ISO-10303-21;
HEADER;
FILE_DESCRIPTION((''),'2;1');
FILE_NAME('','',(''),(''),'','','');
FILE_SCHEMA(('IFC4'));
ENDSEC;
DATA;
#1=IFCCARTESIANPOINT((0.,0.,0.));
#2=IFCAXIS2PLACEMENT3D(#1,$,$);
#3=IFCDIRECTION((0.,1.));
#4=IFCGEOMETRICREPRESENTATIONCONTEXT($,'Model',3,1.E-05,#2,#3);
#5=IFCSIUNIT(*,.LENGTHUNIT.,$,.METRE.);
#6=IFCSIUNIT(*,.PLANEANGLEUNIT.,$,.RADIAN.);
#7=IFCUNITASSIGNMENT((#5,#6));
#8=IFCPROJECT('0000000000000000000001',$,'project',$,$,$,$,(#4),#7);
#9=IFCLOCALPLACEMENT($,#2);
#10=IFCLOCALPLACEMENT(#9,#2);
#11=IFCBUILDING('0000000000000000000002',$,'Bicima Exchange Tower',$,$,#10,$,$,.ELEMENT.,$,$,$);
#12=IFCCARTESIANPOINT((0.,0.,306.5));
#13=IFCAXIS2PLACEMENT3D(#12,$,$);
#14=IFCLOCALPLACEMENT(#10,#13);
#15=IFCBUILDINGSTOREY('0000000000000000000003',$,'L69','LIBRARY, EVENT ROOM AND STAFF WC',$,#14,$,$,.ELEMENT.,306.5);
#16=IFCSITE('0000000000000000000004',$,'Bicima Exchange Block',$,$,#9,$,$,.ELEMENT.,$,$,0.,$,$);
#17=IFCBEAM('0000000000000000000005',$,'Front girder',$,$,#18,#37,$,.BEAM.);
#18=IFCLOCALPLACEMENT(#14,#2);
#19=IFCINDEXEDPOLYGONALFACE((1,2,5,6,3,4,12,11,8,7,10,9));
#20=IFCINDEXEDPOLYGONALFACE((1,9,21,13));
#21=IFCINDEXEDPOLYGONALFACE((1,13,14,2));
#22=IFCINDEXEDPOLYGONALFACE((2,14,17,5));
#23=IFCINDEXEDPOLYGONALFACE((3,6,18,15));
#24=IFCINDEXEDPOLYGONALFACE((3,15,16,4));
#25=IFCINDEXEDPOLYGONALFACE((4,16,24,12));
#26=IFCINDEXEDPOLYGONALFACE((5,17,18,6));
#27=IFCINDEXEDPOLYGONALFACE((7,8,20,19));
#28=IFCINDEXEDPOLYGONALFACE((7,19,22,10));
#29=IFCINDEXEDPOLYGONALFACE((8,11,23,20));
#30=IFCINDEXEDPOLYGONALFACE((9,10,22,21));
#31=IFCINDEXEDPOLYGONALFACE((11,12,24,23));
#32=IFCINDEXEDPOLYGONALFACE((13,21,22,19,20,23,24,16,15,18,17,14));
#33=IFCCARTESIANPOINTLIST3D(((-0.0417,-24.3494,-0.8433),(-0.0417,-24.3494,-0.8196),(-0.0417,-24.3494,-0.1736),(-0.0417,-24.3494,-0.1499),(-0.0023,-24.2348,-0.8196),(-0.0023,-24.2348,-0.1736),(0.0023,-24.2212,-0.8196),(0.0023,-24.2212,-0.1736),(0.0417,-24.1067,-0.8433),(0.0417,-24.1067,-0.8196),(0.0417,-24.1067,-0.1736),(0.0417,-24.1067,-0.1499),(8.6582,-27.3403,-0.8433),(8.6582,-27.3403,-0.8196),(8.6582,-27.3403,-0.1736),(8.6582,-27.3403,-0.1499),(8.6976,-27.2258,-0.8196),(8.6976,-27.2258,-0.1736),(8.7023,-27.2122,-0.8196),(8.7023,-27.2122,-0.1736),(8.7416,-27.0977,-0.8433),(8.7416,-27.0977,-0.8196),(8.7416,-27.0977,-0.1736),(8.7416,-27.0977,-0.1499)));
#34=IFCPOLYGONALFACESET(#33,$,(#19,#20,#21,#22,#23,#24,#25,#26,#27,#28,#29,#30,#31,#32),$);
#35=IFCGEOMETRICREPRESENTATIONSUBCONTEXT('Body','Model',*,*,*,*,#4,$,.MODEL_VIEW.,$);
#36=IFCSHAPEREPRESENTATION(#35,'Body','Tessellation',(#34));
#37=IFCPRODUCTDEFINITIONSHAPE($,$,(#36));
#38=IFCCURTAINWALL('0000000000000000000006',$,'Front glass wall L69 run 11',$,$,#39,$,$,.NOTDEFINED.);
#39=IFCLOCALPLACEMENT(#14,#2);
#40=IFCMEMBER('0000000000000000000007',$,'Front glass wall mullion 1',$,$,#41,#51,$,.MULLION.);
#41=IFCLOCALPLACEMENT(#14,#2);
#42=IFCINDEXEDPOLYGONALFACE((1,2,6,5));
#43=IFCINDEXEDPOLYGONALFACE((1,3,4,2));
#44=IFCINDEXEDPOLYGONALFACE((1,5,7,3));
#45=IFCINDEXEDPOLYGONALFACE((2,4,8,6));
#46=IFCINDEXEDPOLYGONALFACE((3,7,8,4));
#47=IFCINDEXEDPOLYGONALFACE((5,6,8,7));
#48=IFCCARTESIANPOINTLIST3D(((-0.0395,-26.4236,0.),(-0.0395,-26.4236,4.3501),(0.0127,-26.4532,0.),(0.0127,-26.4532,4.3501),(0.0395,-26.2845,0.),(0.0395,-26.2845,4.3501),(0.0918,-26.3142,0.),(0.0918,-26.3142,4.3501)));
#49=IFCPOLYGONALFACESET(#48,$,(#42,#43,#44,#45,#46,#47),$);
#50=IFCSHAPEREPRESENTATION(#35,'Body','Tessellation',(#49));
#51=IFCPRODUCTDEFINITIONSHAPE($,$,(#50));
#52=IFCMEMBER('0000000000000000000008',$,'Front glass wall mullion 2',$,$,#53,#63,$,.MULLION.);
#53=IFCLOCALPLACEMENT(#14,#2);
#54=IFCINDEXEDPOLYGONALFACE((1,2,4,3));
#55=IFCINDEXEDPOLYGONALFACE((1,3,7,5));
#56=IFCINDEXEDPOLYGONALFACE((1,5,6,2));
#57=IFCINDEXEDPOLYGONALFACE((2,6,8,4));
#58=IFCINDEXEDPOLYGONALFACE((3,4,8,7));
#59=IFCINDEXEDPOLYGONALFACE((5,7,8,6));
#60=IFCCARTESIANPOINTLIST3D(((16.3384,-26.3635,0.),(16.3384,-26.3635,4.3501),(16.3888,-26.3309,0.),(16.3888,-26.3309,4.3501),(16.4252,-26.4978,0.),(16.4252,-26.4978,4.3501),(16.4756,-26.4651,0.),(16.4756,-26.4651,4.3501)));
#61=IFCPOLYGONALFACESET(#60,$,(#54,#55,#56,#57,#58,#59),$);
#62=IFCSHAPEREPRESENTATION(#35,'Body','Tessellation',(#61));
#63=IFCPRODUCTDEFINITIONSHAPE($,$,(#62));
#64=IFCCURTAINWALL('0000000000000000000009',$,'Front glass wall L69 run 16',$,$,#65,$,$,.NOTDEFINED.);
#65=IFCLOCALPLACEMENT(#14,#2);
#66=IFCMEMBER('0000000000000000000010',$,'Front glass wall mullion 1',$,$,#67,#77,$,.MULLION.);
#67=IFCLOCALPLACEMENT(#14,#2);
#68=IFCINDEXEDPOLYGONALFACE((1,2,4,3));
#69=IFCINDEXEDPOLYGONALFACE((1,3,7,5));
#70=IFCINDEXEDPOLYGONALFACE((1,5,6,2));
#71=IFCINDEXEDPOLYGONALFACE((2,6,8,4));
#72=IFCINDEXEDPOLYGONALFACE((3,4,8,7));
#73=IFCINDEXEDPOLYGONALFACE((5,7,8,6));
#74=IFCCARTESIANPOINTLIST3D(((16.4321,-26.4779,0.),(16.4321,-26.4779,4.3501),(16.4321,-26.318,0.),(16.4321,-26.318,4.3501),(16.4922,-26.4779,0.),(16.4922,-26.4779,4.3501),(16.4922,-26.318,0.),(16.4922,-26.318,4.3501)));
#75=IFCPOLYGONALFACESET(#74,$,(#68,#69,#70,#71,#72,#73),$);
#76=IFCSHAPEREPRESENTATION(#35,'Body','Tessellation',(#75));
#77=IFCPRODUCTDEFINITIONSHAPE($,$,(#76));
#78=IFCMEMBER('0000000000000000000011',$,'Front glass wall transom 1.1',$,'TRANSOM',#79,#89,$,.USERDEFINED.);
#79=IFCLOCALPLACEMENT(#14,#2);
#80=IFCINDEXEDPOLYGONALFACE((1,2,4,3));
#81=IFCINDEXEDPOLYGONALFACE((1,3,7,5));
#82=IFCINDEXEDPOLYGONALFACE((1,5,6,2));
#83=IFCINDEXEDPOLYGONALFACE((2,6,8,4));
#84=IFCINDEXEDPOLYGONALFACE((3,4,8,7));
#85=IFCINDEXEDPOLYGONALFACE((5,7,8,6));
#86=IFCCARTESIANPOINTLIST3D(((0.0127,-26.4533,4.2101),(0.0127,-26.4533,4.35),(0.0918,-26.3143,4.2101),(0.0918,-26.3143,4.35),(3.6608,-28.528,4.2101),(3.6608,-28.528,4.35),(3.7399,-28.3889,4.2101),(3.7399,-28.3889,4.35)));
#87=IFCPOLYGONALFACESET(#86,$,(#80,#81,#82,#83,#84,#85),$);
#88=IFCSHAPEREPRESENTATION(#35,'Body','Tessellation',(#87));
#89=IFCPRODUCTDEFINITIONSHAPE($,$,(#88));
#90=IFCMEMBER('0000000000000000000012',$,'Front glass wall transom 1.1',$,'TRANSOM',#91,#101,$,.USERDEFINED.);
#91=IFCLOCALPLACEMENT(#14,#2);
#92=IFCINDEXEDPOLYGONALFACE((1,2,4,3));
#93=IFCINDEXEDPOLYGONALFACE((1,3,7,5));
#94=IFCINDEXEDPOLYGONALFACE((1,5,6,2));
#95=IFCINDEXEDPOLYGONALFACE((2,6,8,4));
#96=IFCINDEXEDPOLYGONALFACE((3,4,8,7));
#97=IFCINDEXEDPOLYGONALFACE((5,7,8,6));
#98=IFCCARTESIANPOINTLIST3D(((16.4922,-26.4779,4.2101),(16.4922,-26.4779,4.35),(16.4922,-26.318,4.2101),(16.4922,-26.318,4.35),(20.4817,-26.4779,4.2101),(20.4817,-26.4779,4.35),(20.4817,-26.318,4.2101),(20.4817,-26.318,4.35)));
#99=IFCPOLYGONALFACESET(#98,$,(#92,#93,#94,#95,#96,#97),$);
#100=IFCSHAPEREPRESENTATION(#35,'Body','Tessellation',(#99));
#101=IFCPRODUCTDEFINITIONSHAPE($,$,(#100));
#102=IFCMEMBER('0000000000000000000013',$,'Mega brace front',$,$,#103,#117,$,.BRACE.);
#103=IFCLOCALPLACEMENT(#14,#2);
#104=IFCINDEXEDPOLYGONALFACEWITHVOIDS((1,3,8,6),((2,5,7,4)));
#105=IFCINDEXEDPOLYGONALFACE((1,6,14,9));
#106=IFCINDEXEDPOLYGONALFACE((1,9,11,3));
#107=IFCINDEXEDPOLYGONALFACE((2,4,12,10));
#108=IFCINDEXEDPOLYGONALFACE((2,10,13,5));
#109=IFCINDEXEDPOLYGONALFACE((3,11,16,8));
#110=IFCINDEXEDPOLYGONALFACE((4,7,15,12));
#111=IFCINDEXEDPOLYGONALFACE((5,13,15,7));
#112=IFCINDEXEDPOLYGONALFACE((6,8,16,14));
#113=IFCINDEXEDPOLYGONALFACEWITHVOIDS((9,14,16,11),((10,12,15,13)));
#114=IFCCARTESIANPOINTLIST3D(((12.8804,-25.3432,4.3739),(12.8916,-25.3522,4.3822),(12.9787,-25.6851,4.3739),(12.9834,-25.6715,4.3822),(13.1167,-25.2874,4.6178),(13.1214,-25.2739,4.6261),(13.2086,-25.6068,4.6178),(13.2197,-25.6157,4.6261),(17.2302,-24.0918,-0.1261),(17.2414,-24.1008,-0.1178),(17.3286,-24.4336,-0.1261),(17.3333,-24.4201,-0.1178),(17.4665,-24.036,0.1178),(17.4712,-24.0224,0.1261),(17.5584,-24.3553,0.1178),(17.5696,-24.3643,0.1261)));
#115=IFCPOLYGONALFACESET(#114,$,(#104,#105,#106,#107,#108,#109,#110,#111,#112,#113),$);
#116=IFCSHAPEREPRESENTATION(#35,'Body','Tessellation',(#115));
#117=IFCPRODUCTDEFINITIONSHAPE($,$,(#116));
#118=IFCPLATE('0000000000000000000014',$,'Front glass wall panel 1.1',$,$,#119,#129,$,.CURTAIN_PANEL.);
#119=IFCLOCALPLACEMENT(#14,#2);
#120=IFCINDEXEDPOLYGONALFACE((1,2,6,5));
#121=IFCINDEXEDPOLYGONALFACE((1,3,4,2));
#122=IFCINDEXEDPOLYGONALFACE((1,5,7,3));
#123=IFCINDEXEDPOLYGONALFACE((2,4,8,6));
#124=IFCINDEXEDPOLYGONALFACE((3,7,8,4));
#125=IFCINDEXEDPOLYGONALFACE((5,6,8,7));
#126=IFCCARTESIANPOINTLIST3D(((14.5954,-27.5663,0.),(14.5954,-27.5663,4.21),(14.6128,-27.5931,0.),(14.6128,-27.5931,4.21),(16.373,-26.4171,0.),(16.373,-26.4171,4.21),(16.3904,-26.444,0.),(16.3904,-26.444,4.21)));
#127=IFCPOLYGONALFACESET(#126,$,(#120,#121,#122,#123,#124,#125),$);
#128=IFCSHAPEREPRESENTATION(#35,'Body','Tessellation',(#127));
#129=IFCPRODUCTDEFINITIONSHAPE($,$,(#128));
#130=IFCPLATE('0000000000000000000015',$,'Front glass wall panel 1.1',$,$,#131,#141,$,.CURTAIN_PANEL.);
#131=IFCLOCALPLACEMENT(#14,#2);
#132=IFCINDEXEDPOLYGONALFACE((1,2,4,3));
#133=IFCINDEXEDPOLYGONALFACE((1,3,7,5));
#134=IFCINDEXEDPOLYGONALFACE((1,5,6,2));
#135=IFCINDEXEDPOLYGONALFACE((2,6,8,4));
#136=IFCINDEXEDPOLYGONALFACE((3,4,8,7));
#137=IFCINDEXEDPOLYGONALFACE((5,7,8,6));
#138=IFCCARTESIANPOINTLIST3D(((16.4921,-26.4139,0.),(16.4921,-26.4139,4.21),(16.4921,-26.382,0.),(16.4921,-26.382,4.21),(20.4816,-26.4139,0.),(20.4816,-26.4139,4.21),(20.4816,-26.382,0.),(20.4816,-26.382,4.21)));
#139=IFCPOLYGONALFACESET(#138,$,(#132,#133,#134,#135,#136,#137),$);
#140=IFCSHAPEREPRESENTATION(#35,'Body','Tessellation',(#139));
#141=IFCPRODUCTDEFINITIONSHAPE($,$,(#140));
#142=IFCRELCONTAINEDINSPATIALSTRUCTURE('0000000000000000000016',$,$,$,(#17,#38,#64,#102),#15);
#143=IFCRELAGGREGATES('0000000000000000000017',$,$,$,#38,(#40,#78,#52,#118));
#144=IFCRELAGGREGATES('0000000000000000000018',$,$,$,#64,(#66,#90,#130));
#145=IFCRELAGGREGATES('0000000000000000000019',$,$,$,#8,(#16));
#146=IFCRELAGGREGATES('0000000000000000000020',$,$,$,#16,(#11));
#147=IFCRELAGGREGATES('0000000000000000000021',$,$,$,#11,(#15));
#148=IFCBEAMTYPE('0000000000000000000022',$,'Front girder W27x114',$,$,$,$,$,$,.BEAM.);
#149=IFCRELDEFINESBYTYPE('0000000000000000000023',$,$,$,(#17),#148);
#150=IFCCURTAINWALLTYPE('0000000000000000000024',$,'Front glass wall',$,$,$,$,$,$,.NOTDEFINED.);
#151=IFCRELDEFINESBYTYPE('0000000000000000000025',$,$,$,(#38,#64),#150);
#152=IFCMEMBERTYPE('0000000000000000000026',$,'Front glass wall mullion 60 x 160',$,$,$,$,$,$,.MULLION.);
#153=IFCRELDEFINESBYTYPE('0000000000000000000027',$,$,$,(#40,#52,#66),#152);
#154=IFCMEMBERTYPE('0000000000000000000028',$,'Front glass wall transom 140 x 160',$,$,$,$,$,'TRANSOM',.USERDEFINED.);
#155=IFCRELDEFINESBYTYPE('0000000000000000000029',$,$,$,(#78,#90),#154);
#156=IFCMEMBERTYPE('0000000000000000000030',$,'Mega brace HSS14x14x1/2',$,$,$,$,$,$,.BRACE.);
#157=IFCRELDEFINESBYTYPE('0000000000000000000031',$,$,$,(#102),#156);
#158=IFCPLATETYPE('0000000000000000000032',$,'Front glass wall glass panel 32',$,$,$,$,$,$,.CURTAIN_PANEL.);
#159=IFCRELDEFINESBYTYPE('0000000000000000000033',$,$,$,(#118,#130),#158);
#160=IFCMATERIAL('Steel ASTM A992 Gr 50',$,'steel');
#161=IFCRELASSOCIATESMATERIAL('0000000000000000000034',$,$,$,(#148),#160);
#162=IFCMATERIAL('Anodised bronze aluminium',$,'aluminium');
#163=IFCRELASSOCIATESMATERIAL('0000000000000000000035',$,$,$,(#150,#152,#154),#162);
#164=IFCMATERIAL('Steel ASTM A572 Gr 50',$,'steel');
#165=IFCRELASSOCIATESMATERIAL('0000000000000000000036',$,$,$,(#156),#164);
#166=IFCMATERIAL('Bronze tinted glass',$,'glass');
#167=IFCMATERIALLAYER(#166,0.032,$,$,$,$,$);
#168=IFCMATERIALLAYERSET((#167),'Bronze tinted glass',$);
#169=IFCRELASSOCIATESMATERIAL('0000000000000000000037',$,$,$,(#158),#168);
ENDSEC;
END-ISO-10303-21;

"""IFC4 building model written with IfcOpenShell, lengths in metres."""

from ifc_helpers import new_model, si_unit, direction, frame, origin, origin_2d, place, context, subcontext, project, spatial, rectangle, hollow_rectangle, i_section, extrude, material, layer, layer_set, material_profile, profile_set, type_object, element, aggregate, save


model = new_model("IFC4")

# Units and contexts
model_context = context("Model", 3, precision=1e-05, world=origin(), true_north=direction((0.0, 1.0)))
body_context = subcontext(model_context, "Body", "Model", "MODEL_VIEW")
ifc_project = project(units=[si_unit("LENGTHUNIT", "METRE"), si_unit("PLANEANGLEUNIT", "RADIAN")], contexts=[model_context])

# Site, building, storey
site_placement = place(None, origin())
site = spatial("IfcSite", under=ifc_project, at=site_placement, Name="Bicima Exchange Block", CompositionType="ELEMENT", RefElevation=0.0)
building_placement = place(site_placement, origin())
building = spatial("IfcBuilding", under=site, at=building_placement, Name="Bicima Exchange Tower", CompositionType="ELEMENT")
storey_placement = place(building_placement, frame((0.0, 0.0, 306.5)))
storey = spatial("IfcBuildingStorey", under=building, at=storey_placement, Name="L69", Description="LIBRARY, EVENT ROOM AND STAFF WC", CompositionType="ELEMENT", Elevation=306.5)

# Shared definitions
ifc_material_1 = material(Name="Steel ASTM A992 Gr 50", Category="steel")

# Beam
ifc_material_profile_1 = material_profile(ifc_material_1, i_section(OverallWidth=0.2566, OverallDepth=0.6934, WebThickness=0.0144, FlangeThickness=0.0237, at=origin_2d()))
ifc_profile_set_1 = profile_set([ifc_material_profile_1], Name="Steel ASTM A992 Gr 50")
beam_type_1 = type_object("IfcBeamType", Name="Front girder W27x114", PredefinedType="BEAM", material=ifc_profile_set_1)
beam_1_placement = place(storey_placement, frame((0.0, -24.228, -0.4966), z_axis=(0.945675, -0.325115, 0.0), x_axis=(0.325115, 0.945675, 0.0)))
element("IfcBeam", 1, at=beam_1_placement, inside=storey, type_object=beam_type_1, Name="Front girder", PredefinedType="BEAM", context=body_context, shape_type="SweptSolid", body=[
    extrude(i_section(OverallWidth=0.2566, OverallDepth=0.6934, WebThickness=0.0144, FlangeThickness=0.0237, at=origin_2d()), origin(), (0.0, 0.0, 1.0), 9.1997),
])

# Curtain wall, members
ifc_material_2 = material(Name="Anodised bronze aluminium", Category="aluminium")
curtain_wall_type = type_object("IfcCurtainWallType", Name="Front glass wall", PredefinedType="NOTDEFINED", material=ifc_material_2)
curtain_wall_1_placement = place(storey_placement, origin())
curtain_wall_1 = element("IfcCurtainWall", 2, at=curtain_wall_1_placement, inside=storey, type_object=curtain_wall_type, Name="Front glass wall L69 run 11", PredefinedType="NOTDEFINED")
ifc_material_profile_2 = material_profile(ifc_material_2, rectangle(XDim=0.1599, YDim=0.0601, at=origin_2d()))
ifc_profile_set_2 = profile_set([ifc_material_profile_2], Name="Anodised bronze aluminium")
member_type_1 = type_object("IfcMemberType", Name="Front glass wall mullion 60 x 160", PredefinedType="MULLION", material=ifc_profile_set_2)
member_1_placement = place(storey_placement, frame((0.0261, -26.3689, 0.0), z_axis=(0.0, 0.0, 1.0), x_axis=(0.49433, 0.869274, 0.0)))
member_1 = element("IfcMember", 3, at=member_1_placement, type_object=member_type_1, Name="Front glass wall mullion 1", PredefinedType="MULLION", context=body_context, shape_type="SweptSolid", body=[
    extrude(rectangle(XDim=0.1599, YDim=0.0601, at=origin_2d()), origin(), (0.0, 0.0, 1.0), 4.3501),
])
member_2_placement = place(storey_placement, frame((16.407, -26.4143, 0.0), z_axis=(0.0, 0.0, 1.0), x_axis=(-0.542909, 0.839791, 0.0)))
member_2 = element("IfcMember", 4, at=member_2_placement, type_object=member_type_1, Name="Front glass wall mullion 2", PredefinedType="MULLION", context=body_context, shape_type="SweptSolid", body=[
    extrude(rectangle(XDim=0.1599, YDim=0.0601, at=origin_2d()), origin(), (0.0, 0.0, 1.0), 4.3501),
])

# Curtain wall, member
curtain_wall_2_placement = place(storey_placement, origin())
curtain_wall_2 = element("IfcCurtainWall", 5, at=curtain_wall_2_placement, inside=storey, type_object=curtain_wall_type, Name="Front glass wall L69 run 16", PredefinedType="NOTDEFINED")
member_3_placement = place(storey_placement, frame((16.4622, -26.3979, 0.0), z_axis=(0.0, 0.0, 1.0), x_axis=(0.0, 1.0, 0.0)))
member_3 = element("IfcMember", 6, at=member_3_placement, type_object=member_type_1, Name="Front glass wall mullion 1", PredefinedType="MULLION", context=body_context, shape_type="SweptSolid", body=[
    extrude(rectangle(XDim=0.1599, YDim=0.0601, at=origin_2d()), origin(), (0.0, 0.0, 1.0), 4.3501),
])

# Members
ifc_material_profile_3 = material_profile(ifc_material_2, rectangle(XDim=0.1599, YDim=0.1399, at=origin_2d()))
ifc_profile_set_3 = profile_set([ifc_material_profile_3], Name="Anodised bronze aluminium")
member_type_2 = type_object("IfcMemberType", Name="Front glass wall transom 140 x 160", ElementType="TRANSOM", PredefinedType="USERDEFINED", material=ifc_profile_set_3)
member_4_placement = place(storey_placement, frame((0.0522, -26.3838, 4.28), z_axis=(0.869265, -0.494346, 0.0), x_axis=(0.494346, 0.869265, 0.0)))
member_4 = element("IfcMember", 7, at=member_4_placement, type_object=member_type_2, Name="Front glass wall transom 1.1", ObjectType="TRANSOM", PredefinedType="USERDEFINED", context=body_context, shape_type="SweptSolid", body=[
    extrude(rectangle(XDim=0.1599, YDim=0.1399, at=origin_2d()), origin(), (0.0, 0.0, 1.0), 4.1968),
])
member_5_placement = place(storey_placement, frame((16.4922, -26.3979, 4.28), z_axis=(1.0, 0.0, 0.0), x_axis=(0.0, 1.0, 0.0)))
member_5 = element("IfcMember", 8, at=member_5_placement, type_object=member_type_2, Name="Front glass wall transom 1.1", ObjectType="TRANSOM", PredefinedType="USERDEFINED", context=body_context, shape_type="SweptSolid", body=[
    extrude(rectangle(XDim=0.1599, YDim=0.1399, at=origin_2d()), origin(), (0.0, 0.0, 1.0), 3.9895),
])
ifc_material_3 = material(Name="Steel ASTM A572 Gr 50", Category="steel")
ifc_material_profile_4 = material_profile(ifc_material_3, hollow_rectangle(XDim=0.3557, YDim=0.3557, WallThickness=0.0117, at=origin_2d()))
ifc_profile_set_4 = profile_set([ifc_material_profile_4], Name="Steel ASTM A572 Gr 50")
member_type_3 = type_object("IfcMemberType", Name="Mega brace HSS14x14x1/2", PredefinedType="BRACE", material=ifc_profile_set_4)
member_6_placement = place(storey_placement, frame((17.3999, -24.228, 0.0), z_axis=(-0.681519, -0.196075, 0.705044), x_axis=(0.276487, -0.961018, 0.0)))
element("IfcMember", 9, at=member_6_placement, inside=storey, type_object=member_type_3, Name="Mega brace front", PredefinedType="BRACE", context=body_context, shape_type="SweptSolid", body=[
    extrude(hollow_rectangle(XDim=0.3557, YDim=0.3557, WallThickness=0.0117, at=origin_2d()), origin(), (0.0, 0.0, 1.0), 6.3826),
])

# Plates
ifc_material_4 = material(Name="Bronze tinted glass", Category="glass")
ifc_layer_1 = layer(ifc_material_4, 0.032)
ifc_layer_set_1 = layer_set([ifc_layer_1], Name="Bronze tinted glass")
plate_type = type_object("IfcPlateType", Name="Front glass wall glass panel 32", PredefinedType="CURTAIN_PANEL", material=ifc_layer_set_1)
plate_1_placement = place(storey_placement, frame((15.4929, -27.0051, 0.0), z_axis=(0.0, 0.0, 1.0), x_axis=(0.839791, 0.542909, 0.0)))
plate_1 = element("IfcPlate", 10, at=plate_1_placement, type_object=plate_type, Name="Front glass wall panel 1.1", PredefinedType="CURTAIN_PANEL", context=body_context, shape_type="SweptSolid", body=[
    extrude(rectangle(XDim=2.1167, YDim=0.032, at=origin_2d()), origin(), (0.0, 0.0, 1.0), 4.21),
])
aggregate(curtain_wall_1, [member_1, member_4, member_2, plate_1])
plate_2_placement = place(storey_placement, frame((18.4868, -26.3979, 0.0), z_axis=(0.0, 0.0, 1.0), x_axis=(1.0, 0.0, 0.0)))
plate_2 = element("IfcPlate", 11, at=plate_2_placement, type_object=plate_type, Name="Front glass wall panel 1.1", PredefinedType="CURTAIN_PANEL", context=body_context, shape_type="SweptSolid", body=[
    extrude(rectangle(XDim=3.9895, YDim=0.032, at=origin_2d()), origin(), (0.0, 0.0, 1.0), 4.21),
])
aggregate(curtain_wall_2, [member_3, member_5, plate_2])

save(model, "model.ifc")
